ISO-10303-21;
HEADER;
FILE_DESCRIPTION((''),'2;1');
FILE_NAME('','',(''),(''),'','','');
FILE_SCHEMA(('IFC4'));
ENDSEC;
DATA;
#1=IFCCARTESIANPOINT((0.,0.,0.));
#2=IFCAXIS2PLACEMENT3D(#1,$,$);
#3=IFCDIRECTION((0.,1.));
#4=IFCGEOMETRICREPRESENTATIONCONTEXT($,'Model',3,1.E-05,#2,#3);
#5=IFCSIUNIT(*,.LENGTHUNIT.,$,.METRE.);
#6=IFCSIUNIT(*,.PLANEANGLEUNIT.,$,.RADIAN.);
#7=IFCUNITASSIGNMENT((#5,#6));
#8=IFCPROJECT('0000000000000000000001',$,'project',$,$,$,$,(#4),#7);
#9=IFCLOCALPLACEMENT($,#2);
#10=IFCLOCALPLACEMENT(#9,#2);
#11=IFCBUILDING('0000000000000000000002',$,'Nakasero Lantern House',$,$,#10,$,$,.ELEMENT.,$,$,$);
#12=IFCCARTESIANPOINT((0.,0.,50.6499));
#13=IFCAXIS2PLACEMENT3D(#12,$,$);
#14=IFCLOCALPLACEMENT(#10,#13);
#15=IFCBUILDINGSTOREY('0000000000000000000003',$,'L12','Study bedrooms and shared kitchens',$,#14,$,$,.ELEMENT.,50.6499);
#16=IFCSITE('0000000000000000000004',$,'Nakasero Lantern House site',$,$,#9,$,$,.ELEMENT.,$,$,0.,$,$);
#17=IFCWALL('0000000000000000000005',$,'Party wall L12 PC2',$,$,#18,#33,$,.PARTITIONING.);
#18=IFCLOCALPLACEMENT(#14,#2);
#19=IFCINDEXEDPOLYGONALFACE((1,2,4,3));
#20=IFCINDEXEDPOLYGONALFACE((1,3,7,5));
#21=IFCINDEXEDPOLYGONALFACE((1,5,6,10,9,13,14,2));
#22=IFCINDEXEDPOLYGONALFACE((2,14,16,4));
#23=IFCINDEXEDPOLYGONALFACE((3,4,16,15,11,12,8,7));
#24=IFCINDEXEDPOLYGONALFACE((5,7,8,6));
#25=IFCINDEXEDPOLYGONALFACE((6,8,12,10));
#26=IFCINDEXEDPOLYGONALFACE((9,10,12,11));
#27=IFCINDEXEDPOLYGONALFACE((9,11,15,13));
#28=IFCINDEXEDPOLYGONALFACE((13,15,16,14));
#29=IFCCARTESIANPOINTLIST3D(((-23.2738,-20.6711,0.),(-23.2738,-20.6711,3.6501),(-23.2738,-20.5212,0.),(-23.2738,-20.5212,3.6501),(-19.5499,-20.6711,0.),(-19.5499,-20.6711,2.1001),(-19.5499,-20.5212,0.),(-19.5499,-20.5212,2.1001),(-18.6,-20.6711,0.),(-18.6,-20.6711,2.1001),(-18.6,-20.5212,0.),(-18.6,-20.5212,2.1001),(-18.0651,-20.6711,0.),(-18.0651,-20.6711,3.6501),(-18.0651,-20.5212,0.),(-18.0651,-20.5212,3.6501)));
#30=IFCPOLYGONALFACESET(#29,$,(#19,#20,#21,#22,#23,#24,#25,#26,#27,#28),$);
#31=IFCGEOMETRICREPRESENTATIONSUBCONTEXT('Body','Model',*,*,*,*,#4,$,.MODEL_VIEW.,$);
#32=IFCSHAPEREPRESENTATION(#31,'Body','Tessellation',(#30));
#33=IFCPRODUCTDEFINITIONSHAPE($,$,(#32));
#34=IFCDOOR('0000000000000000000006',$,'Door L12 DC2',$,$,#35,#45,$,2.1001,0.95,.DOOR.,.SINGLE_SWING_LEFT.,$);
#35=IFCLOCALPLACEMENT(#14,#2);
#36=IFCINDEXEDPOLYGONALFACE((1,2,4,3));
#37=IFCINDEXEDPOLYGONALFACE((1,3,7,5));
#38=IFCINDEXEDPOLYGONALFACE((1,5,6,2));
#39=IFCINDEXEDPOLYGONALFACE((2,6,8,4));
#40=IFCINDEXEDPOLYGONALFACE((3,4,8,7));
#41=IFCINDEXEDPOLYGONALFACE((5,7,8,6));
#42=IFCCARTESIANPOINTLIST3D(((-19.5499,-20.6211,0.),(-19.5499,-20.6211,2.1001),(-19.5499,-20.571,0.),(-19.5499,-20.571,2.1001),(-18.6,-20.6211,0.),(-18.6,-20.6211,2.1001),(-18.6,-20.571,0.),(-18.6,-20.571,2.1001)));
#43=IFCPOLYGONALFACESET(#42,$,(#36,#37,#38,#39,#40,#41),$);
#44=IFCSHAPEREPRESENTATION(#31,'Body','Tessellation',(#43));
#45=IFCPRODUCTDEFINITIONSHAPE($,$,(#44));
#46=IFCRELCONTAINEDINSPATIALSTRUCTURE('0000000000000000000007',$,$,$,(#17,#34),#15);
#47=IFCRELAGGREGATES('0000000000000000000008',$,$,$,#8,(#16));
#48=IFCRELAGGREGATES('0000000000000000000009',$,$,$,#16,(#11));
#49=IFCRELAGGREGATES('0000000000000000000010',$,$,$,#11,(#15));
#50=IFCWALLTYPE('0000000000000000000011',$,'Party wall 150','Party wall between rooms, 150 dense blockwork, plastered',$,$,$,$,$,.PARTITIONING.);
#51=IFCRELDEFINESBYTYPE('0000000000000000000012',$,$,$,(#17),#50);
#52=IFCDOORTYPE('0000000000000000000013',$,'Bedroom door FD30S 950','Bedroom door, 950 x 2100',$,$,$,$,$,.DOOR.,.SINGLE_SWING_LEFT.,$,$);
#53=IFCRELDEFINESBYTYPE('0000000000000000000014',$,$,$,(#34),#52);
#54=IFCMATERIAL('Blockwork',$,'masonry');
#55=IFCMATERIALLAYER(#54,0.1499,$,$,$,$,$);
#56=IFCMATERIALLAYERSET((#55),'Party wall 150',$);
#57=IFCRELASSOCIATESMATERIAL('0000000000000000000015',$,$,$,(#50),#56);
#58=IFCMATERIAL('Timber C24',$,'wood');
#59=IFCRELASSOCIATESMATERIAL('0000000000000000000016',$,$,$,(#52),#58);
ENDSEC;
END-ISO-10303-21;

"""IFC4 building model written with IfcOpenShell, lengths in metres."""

from ifc_helpers import new_model, si_unit, direction, frame, frame_2d, origin, place, context, subcontext, project, spatial, rectangle, extrude, material, layer, layer_set, type_object, element, fill, save


model = new_model("IFC4")

# Units and contexts
model_context = context("Model", 3, precision=1e-05, world=origin(), true_north=direction((0.0, 1.0)))
body_context = subcontext(model_context, "Body", "Model", "MODEL_VIEW")
ifc_project = project(units=[si_unit("LENGTHUNIT", "METRE"), si_unit("PLANEANGLEUNIT", "RADIAN")], contexts=[model_context])

# Site, building, storey
site_placement = place(None, origin())
site = spatial("IfcSite", under=ifc_project, at=site_placement, Name="Nakasero Lantern House site", CompositionType="ELEMENT", RefElevation=0.0)
building_placement = place(site_placement, origin())
building = spatial("IfcBuilding", under=site, at=building_placement, Name="Nakasero Lantern House", CompositionType="ELEMENT")
storey_placement = place(building_placement, frame((0.0, 0.0, 50.6499)))
storey = spatial("IfcBuildingStorey", under=building, at=storey_placement, Name="L12", Description="Study bedrooms and shared kitchens", CompositionType="ELEMENT", Elevation=50.6499)

# Wall, opening, door
ifc_material_1 = material(Name="Blockwork", Category="masonry")
ifc_layer_1 = layer(ifc_material_1, 0.1499)
ifc_layer_set_1 = layer_set([ifc_layer_1], Name="Party wall 150")
wall_type_1 = type_object("IfcWallType", Name="Party wall 150", Description="Party wall between rooms, 150 dense blockwork, plastered", PredefinedType="PARTITIONING", material=ifc_layer_set_1)
wall_1_placement = place(storey_placement, frame((-18.0649, -20.5962, 0.0), z_axis=(0.0, 0.0, 1.0), x_axis=(-1.0, 0.0, 0.0)))
wall_1 = element("IfcWall", 1, at=wall_1_placement, inside=storey, type_object=wall_type_1, Name="Party wall L12 PC2", PredefinedType="PARTITIONING", context=body_context, shape_type="SweptSolid", body=[
    extrude(rectangle(XDim=5.2087, YDim=0.1499, at=frame_2d((2.6045, 0.0))), origin(), (0.0, 0.0, 1.0), 3.6501),
])
opening_1_placement = place(wall_1_placement, frame((0.5349, 0.0, 0.0)))
opening_1 = element("IfcOpeningElement", 2, at=opening_1_placement, cuts=wall_1, PredefinedType="OPENING", context=body_context, shape_type="SweptSolid", body=[
    extrude(rectangle(XDim=0.95, YDim=2.1001, at=frame_2d((0.4751, 1.05))), frame((0.0, 0.095, 0.0), z_axis=(0.0, -1.0, 0.0), x_axis=(1.0, 0.0, 0.0)), (0.0, 0.0, 1.0), 0.1899),
])
ifc_material_2 = material(Name="Timber C24", Category="wood")
door_type_1 = type_object("IfcDoorType", Name="Bedroom door FD30S 950", Description="Bedroom door, 950 x 2100", OperationType="SINGLE_SWING_LEFT", PredefinedType="DOOR", material=ifc_material_2)
door_1_placement = place(opening_1_placement, origin())
door_1 = element("IfcDoor", 3, at=door_1_placement, inside=storey, type_object=door_type_1, Name="Door L12 DC2", OperationType="SINGLE_SWING_LEFT", OverallHeight=2.1001, OverallWidth=0.95, PredefinedType="DOOR", context=body_context, shape_type="SweptSolid", body=[
    extrude(rectangle(XDim=0.95, YDim=2.1001, at=frame_2d((0.4751, 1.05))), frame((0.0, 0.0249, 0.0), z_axis=(0.0, -1.0, 0.0), x_axis=(1.0, 0.0, 0.0)), (0.0, 0.0, 1.0), 0.05),
])
fill(opening_1, door_1)

save(model, "model.ifc")
